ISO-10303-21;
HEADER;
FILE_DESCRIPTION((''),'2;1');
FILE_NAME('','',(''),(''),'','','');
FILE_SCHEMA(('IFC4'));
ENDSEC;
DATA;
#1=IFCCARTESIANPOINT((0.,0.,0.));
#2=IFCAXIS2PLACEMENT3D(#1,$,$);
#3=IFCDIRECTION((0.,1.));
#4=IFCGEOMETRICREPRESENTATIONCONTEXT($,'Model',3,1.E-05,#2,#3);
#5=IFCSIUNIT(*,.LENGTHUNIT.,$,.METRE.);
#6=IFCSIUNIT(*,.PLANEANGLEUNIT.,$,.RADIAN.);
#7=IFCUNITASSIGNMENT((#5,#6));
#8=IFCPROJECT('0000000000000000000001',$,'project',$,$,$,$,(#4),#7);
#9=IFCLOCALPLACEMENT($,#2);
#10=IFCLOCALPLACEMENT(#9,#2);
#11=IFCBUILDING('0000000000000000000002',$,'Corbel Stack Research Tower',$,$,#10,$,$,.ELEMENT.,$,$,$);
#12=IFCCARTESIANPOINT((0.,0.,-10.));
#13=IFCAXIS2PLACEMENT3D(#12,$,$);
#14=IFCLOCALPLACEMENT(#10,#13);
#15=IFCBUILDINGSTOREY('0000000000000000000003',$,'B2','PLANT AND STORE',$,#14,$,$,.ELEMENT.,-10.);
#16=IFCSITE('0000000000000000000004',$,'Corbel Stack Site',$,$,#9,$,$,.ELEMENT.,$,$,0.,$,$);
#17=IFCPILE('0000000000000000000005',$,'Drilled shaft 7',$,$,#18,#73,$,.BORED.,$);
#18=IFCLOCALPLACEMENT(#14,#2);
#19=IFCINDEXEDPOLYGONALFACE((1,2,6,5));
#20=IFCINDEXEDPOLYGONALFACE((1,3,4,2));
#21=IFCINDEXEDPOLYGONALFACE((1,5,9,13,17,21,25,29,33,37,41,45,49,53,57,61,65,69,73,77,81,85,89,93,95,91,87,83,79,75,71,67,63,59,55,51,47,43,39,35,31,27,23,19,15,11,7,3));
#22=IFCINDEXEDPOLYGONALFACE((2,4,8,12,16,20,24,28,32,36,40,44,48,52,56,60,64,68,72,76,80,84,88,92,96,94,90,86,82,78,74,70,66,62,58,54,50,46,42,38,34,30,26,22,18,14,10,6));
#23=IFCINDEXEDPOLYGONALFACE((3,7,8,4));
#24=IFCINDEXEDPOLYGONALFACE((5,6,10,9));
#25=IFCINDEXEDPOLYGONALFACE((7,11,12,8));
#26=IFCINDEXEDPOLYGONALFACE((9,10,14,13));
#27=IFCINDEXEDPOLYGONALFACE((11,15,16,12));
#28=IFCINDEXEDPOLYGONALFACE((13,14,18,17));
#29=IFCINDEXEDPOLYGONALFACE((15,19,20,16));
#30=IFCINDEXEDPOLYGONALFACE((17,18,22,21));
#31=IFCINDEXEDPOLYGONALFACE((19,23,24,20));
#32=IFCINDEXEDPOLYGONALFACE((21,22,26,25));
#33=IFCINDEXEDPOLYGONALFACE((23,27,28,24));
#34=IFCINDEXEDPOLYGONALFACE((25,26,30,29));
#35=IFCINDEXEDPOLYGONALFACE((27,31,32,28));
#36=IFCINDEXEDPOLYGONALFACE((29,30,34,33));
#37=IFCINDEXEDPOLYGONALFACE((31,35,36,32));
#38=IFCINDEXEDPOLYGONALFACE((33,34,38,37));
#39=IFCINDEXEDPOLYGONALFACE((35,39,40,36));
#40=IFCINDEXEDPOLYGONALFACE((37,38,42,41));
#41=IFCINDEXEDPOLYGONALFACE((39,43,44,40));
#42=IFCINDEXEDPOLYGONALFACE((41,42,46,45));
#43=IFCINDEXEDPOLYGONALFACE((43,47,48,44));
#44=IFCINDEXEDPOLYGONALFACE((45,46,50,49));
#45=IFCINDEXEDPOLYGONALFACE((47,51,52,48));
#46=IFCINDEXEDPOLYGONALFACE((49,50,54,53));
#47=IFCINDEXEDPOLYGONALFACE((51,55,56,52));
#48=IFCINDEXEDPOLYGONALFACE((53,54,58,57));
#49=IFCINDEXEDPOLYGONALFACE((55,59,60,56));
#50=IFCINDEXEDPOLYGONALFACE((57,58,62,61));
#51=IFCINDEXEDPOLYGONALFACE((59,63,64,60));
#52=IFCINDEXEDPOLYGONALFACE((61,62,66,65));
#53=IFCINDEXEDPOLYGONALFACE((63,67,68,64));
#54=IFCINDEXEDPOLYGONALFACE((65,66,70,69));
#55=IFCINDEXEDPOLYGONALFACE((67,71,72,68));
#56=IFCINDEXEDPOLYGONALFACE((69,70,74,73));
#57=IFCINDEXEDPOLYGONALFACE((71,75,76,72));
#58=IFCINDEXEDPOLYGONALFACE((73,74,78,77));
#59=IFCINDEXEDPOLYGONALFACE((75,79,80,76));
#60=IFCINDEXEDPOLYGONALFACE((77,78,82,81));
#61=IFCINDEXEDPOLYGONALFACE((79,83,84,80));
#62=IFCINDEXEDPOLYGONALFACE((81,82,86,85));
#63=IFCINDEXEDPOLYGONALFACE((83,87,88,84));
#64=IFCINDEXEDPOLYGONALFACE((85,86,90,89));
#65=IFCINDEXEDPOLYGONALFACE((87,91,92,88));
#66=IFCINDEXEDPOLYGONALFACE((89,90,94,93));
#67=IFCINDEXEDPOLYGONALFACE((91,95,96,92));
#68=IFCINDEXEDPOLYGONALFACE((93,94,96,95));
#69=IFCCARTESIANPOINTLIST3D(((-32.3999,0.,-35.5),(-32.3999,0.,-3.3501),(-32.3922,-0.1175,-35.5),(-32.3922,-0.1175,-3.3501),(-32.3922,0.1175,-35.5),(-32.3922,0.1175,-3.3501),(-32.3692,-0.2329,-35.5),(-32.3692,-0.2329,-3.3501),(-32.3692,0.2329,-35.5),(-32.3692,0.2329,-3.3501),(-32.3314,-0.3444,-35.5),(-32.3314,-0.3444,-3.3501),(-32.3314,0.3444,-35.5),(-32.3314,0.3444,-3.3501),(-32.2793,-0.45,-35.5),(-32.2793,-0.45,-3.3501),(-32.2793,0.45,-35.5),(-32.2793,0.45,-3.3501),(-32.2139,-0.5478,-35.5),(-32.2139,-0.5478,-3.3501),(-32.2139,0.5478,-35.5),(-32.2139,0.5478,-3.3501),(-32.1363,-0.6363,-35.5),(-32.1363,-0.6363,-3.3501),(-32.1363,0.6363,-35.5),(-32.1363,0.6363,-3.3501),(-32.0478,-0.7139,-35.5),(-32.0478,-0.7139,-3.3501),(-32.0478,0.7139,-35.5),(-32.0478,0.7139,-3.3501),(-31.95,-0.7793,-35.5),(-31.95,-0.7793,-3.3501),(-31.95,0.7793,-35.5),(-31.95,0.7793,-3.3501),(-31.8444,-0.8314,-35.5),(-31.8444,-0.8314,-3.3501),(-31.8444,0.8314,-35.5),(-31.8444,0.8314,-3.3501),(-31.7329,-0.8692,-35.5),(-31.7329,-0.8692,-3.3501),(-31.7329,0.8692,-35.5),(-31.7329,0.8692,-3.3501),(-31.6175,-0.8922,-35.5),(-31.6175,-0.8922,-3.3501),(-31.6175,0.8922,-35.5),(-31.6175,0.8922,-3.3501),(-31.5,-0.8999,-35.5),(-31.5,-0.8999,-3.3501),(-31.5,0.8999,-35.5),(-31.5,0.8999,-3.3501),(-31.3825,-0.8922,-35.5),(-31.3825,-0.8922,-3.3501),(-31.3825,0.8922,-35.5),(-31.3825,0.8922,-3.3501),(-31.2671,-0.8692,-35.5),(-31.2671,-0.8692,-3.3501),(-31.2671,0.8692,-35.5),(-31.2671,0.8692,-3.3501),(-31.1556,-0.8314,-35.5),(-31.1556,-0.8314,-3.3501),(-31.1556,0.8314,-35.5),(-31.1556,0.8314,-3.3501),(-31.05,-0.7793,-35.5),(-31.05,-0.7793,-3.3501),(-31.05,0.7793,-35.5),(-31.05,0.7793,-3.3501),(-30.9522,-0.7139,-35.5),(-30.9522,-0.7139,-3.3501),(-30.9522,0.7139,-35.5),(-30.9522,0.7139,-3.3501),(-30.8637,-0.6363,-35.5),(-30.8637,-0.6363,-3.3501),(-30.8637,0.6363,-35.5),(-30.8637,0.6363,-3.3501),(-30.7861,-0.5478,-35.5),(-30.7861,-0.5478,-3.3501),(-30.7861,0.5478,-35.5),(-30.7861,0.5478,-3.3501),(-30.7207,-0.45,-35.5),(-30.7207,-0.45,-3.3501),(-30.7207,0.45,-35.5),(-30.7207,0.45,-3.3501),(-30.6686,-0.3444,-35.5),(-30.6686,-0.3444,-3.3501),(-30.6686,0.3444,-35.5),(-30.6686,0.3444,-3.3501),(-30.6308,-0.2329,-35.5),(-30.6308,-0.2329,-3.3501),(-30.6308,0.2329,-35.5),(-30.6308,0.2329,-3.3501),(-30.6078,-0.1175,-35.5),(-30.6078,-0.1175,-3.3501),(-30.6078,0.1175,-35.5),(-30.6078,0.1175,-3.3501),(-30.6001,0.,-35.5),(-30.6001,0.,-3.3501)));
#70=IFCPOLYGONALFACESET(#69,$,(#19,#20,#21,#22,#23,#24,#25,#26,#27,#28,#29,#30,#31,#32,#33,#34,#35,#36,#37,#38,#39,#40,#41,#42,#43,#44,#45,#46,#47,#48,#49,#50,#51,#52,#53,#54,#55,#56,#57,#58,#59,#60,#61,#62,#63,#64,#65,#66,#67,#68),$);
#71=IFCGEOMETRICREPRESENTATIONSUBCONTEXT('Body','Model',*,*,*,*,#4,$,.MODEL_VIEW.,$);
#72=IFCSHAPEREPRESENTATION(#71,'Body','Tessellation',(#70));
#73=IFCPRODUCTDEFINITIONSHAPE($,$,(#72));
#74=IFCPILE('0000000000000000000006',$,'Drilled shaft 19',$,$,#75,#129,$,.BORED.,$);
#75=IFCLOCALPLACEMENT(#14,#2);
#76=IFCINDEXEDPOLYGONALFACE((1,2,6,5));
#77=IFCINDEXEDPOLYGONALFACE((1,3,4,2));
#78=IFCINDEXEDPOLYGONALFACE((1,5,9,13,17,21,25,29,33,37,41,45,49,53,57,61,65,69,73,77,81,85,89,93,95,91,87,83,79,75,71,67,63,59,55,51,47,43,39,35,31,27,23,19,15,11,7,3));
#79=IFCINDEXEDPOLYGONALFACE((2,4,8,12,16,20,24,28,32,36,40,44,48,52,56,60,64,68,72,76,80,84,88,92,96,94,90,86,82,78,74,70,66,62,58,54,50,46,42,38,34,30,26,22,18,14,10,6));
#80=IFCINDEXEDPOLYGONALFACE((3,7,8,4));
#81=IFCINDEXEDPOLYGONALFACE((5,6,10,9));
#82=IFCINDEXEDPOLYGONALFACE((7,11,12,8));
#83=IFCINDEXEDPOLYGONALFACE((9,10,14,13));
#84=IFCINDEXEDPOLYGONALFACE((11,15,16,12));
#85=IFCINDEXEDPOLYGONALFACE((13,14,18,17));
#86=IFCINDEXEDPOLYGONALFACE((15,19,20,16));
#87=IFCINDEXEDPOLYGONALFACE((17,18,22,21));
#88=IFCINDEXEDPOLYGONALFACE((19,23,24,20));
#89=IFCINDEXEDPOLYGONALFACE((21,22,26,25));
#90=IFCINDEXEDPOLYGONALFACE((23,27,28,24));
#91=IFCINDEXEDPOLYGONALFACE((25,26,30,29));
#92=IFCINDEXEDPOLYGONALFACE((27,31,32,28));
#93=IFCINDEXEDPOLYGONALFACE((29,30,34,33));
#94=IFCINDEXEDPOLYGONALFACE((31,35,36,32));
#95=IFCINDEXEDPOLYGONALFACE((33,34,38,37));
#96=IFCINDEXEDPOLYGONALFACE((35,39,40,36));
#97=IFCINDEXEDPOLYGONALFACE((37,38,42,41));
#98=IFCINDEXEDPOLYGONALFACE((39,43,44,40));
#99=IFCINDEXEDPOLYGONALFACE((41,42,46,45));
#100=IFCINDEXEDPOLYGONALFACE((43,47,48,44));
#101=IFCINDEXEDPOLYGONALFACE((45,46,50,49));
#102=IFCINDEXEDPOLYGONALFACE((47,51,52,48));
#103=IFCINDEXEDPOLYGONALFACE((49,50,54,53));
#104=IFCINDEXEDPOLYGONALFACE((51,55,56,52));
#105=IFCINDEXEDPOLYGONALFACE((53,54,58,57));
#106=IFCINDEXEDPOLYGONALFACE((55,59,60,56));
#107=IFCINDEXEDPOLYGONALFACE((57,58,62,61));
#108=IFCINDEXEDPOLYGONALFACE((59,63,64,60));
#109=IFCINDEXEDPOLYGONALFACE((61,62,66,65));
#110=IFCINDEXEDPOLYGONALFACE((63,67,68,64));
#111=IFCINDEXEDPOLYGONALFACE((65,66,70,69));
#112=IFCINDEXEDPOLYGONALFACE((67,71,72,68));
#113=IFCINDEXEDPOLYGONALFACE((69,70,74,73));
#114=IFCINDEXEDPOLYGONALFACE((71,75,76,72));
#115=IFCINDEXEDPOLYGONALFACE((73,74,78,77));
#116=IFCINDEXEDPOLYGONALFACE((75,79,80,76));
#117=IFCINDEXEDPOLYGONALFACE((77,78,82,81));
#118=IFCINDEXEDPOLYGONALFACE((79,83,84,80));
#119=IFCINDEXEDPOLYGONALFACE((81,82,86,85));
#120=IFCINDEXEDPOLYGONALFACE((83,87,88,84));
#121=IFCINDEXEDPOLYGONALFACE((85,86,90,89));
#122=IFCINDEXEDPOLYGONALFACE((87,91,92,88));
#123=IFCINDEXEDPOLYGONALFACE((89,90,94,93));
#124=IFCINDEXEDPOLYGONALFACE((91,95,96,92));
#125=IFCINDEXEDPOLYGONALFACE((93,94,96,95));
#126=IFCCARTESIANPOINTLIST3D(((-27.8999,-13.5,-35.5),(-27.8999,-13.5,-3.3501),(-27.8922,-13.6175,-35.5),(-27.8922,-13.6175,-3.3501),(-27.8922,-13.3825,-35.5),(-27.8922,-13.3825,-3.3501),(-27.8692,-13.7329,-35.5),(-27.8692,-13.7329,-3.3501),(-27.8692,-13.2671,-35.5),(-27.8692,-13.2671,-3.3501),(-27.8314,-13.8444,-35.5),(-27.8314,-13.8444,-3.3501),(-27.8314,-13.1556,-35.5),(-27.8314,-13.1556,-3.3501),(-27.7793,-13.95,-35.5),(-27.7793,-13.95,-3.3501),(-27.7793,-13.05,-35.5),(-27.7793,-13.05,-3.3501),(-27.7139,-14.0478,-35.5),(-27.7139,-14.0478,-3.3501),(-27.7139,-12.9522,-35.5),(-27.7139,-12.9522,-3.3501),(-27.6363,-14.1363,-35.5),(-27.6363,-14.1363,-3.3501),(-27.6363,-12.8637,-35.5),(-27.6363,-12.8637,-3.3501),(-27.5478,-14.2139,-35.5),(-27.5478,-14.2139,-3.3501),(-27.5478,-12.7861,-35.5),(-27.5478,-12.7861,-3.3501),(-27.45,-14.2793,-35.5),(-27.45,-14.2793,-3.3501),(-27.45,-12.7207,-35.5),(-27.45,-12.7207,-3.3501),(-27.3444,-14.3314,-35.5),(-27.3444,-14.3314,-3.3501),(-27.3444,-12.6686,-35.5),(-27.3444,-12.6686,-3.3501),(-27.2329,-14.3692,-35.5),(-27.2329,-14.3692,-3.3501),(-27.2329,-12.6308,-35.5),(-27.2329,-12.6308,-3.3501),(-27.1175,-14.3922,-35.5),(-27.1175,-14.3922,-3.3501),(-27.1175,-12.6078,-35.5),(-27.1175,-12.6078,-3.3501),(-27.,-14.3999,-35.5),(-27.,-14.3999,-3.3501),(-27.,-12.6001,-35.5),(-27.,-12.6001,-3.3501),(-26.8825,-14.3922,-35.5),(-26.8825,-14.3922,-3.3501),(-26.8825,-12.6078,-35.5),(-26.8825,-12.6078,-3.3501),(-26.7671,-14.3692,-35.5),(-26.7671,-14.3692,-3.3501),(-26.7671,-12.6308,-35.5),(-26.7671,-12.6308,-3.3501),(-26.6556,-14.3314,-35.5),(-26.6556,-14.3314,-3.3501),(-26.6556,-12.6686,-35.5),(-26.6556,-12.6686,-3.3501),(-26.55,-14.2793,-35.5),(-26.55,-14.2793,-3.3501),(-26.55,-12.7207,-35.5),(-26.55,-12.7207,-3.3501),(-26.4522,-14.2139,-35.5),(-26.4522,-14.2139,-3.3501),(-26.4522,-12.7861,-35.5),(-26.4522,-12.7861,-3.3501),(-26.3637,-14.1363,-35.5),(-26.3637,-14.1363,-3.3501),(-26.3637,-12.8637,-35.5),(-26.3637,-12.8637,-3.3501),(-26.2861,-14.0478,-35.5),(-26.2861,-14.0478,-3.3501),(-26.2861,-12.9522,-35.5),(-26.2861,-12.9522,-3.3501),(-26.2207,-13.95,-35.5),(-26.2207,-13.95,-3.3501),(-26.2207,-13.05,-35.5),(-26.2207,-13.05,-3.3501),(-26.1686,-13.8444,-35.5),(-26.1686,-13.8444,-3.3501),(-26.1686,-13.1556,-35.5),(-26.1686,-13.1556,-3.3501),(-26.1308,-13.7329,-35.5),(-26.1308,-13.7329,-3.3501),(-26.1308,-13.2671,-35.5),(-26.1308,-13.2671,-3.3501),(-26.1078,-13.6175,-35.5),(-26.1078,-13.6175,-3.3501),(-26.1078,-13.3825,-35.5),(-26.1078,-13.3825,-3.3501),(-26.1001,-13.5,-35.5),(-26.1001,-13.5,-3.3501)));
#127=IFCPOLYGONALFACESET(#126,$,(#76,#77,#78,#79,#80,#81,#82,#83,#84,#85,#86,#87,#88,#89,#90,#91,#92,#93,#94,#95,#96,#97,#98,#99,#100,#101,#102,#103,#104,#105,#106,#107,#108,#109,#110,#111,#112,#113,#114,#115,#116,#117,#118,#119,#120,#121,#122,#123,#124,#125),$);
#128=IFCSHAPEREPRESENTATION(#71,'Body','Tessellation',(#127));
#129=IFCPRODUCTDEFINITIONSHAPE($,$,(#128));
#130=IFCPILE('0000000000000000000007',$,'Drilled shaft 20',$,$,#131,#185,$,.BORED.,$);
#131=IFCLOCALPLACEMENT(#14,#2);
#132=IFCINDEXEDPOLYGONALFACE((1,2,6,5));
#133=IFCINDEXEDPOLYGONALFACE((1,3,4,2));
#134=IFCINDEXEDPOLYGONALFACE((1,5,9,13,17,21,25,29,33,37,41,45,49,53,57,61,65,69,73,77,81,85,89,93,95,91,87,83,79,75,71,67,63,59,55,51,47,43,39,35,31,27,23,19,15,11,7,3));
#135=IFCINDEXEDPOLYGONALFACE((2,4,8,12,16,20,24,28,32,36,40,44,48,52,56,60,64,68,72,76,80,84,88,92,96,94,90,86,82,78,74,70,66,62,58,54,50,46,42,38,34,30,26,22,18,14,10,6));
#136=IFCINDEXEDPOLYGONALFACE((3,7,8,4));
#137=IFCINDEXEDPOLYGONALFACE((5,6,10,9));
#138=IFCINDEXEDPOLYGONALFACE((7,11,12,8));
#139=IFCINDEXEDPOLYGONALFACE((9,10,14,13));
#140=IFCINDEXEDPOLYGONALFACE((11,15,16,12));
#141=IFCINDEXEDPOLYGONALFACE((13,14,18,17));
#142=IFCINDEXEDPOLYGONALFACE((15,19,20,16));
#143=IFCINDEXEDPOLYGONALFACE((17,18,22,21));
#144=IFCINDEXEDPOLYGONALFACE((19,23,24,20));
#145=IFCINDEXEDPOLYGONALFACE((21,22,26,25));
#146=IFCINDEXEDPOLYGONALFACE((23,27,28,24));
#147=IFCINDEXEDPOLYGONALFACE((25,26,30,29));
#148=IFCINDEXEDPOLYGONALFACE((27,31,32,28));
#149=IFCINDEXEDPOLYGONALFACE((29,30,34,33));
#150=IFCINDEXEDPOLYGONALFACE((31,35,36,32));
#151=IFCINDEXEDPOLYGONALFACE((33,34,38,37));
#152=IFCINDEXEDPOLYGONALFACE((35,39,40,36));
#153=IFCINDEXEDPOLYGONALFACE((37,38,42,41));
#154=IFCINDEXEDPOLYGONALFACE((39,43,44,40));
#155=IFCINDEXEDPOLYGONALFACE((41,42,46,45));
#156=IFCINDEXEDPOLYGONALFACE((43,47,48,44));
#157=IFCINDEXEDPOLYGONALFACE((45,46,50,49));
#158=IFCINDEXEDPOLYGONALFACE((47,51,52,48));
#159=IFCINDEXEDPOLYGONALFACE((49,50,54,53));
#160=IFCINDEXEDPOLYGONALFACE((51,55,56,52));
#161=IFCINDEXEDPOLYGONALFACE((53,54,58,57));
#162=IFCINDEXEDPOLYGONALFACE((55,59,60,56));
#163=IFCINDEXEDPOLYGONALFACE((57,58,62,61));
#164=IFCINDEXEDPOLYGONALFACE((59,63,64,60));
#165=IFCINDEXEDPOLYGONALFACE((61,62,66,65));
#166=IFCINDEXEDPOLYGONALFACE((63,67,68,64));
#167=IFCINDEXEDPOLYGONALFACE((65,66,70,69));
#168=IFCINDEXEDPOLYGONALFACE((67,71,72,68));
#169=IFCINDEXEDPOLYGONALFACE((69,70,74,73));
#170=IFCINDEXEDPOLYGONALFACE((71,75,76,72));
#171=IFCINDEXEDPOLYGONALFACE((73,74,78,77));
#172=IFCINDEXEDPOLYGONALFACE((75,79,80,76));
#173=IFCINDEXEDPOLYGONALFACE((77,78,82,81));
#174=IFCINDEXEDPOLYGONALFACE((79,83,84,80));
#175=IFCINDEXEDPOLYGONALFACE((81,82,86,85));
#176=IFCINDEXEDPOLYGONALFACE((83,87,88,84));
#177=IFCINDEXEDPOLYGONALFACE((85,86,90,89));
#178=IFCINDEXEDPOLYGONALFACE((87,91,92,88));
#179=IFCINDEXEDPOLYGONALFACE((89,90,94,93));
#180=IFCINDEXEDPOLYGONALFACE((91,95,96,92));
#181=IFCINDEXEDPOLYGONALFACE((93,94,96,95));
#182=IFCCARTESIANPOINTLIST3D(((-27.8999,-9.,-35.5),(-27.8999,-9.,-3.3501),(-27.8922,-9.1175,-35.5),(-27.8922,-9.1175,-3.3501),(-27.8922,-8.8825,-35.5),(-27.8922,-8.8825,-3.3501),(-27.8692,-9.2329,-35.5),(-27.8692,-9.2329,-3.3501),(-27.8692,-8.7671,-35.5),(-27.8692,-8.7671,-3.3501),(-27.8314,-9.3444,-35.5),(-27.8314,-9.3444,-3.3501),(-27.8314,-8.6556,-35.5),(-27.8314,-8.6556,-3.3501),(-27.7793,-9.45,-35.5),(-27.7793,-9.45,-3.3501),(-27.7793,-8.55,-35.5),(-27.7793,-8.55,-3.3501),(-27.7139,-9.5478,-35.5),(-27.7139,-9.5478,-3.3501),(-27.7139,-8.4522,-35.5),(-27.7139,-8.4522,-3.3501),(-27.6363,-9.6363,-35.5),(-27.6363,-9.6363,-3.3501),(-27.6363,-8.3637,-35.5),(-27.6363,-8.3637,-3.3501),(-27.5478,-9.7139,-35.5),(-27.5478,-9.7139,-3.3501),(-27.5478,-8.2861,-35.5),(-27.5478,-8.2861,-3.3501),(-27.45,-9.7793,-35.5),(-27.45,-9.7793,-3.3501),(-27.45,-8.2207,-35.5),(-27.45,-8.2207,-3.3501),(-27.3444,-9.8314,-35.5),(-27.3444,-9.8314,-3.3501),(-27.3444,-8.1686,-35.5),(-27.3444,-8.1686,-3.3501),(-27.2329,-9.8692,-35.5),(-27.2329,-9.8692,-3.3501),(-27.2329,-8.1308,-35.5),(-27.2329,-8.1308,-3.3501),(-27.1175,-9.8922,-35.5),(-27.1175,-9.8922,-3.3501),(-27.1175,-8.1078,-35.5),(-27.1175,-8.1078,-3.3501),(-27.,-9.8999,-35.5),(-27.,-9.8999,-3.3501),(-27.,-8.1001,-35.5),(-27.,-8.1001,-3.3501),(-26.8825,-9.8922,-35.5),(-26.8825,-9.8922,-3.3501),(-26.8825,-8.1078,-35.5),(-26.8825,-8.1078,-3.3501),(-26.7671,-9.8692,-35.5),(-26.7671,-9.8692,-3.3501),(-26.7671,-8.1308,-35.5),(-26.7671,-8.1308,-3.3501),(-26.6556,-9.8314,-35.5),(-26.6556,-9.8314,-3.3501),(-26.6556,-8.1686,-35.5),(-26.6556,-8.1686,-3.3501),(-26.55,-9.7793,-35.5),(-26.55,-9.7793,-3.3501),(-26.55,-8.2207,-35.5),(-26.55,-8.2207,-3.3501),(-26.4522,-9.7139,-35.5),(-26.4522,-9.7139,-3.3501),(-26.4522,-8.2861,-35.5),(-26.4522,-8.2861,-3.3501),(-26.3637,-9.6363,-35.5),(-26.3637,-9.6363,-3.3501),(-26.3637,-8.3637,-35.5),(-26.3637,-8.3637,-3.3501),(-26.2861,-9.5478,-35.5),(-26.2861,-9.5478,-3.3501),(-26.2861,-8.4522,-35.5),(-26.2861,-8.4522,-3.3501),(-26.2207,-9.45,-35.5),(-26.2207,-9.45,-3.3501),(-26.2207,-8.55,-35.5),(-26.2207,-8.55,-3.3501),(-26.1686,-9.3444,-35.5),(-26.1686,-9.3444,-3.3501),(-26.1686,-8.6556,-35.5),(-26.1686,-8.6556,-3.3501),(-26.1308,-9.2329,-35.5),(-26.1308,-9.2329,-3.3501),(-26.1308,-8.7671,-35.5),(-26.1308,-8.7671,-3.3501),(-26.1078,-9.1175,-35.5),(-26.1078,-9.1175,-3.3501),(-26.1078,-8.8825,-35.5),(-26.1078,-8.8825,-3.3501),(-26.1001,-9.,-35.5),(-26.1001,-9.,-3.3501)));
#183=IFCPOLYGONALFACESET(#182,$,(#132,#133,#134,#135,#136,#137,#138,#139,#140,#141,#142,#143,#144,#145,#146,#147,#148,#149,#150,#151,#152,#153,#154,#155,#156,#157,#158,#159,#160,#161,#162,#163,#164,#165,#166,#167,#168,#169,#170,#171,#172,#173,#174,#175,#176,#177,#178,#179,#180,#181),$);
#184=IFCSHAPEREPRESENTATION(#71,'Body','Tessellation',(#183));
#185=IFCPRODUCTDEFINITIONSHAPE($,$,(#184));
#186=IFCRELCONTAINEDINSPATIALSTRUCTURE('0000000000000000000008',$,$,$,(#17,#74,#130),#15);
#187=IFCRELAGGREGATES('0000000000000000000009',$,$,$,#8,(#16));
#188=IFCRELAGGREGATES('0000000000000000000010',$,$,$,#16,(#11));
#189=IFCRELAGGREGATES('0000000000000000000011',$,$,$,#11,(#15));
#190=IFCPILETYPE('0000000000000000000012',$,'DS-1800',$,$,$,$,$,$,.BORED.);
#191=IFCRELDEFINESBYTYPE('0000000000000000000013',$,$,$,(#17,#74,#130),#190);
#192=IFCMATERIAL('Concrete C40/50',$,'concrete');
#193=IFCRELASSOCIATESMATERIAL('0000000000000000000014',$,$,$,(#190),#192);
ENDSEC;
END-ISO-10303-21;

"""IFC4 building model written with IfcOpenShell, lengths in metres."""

from ifc_helpers import new_model, si_unit, direction, frame, origin, origin_2d, place, context, subcontext, project, spatial, circle, extrude, material, material_profile, profile_set, type_object, element, save


model = new_model("IFC4")

# Units and contexts
model_context = context("Model", 3, precision=1e-05, world=origin(), true_north=direction((0.0, 1.0)))
body_context = subcontext(model_context, "Body", "Model", "MODEL_VIEW")
ifc_project = project(units=[si_unit("LENGTHUNIT", "METRE"), si_unit("PLANEANGLEUNIT", "RADIAN")], contexts=[model_context])

# Site, building, storey
site_placement = place(None, origin())
site = spatial("IfcSite", under=ifc_project, at=site_placement, Name="Corbel Stack Site", CompositionType="ELEMENT", RefElevation=0.0)
building_placement = place(site_placement, origin())
building = spatial("IfcBuilding", under=site, at=building_placement, Name="Corbel Stack Research Tower", CompositionType="ELEMENT")
storey_placement = place(building_placement, frame((0.0, 0.0, -10.0)))
storey = spatial("IfcBuildingStorey", under=building, at=storey_placement, Name="B2", Description="PLANT AND STORE", CompositionType="ELEMENT", Elevation=-10.0)

# Piles
ifc_material_1 = material(Name="Concrete C40/50", Category="concrete")
ifc_material_profile_1 = material_profile(ifc_material_1, circle(Radius=0.8999, at=origin_2d()), Name="Shaft 1800")
ifc_profile_set_1 = profile_set([ifc_material_profile_1], Name="Concrete C40/50")
pile_type = type_object("IfcPileType", Name="DS-1800", PredefinedType="BORED", material=ifc_profile_set_1)
for number, where, z_axis, x_axis, name in (
    (1, (-31.5, 0.0, -3.3501), (0.0, 0.0, -1.0), (1.0, 0.0, 0.0), "Drilled shaft 7"),
    (2, (-27.0, -13.5, -3.3501), (0.0, 0.0, -1.0), (1.0, 0.0, 0.0), "Drilled shaft 19"),
    (3, (-27.0, -9.0, -3.3501), (0.0, 0.0, -1.0), (1.0, 0.0, 0.0), "Drilled shaft 20"),
):
    element("IfcPile", number, at=place(storey_placement, frame(where, z_axis=z_axis, x_axis=x_axis)), inside=storey, type_object=pile_type, Name=name, PredefinedType="BORED", context=body_context, shape_type="SweptSolid", body=[
        extrude(circle(Radius=0.8999, at=origin_2d()), origin(), (0.0, 0.0, 1.0), 32.1499),
    ])

save(model, "model.ifc")
